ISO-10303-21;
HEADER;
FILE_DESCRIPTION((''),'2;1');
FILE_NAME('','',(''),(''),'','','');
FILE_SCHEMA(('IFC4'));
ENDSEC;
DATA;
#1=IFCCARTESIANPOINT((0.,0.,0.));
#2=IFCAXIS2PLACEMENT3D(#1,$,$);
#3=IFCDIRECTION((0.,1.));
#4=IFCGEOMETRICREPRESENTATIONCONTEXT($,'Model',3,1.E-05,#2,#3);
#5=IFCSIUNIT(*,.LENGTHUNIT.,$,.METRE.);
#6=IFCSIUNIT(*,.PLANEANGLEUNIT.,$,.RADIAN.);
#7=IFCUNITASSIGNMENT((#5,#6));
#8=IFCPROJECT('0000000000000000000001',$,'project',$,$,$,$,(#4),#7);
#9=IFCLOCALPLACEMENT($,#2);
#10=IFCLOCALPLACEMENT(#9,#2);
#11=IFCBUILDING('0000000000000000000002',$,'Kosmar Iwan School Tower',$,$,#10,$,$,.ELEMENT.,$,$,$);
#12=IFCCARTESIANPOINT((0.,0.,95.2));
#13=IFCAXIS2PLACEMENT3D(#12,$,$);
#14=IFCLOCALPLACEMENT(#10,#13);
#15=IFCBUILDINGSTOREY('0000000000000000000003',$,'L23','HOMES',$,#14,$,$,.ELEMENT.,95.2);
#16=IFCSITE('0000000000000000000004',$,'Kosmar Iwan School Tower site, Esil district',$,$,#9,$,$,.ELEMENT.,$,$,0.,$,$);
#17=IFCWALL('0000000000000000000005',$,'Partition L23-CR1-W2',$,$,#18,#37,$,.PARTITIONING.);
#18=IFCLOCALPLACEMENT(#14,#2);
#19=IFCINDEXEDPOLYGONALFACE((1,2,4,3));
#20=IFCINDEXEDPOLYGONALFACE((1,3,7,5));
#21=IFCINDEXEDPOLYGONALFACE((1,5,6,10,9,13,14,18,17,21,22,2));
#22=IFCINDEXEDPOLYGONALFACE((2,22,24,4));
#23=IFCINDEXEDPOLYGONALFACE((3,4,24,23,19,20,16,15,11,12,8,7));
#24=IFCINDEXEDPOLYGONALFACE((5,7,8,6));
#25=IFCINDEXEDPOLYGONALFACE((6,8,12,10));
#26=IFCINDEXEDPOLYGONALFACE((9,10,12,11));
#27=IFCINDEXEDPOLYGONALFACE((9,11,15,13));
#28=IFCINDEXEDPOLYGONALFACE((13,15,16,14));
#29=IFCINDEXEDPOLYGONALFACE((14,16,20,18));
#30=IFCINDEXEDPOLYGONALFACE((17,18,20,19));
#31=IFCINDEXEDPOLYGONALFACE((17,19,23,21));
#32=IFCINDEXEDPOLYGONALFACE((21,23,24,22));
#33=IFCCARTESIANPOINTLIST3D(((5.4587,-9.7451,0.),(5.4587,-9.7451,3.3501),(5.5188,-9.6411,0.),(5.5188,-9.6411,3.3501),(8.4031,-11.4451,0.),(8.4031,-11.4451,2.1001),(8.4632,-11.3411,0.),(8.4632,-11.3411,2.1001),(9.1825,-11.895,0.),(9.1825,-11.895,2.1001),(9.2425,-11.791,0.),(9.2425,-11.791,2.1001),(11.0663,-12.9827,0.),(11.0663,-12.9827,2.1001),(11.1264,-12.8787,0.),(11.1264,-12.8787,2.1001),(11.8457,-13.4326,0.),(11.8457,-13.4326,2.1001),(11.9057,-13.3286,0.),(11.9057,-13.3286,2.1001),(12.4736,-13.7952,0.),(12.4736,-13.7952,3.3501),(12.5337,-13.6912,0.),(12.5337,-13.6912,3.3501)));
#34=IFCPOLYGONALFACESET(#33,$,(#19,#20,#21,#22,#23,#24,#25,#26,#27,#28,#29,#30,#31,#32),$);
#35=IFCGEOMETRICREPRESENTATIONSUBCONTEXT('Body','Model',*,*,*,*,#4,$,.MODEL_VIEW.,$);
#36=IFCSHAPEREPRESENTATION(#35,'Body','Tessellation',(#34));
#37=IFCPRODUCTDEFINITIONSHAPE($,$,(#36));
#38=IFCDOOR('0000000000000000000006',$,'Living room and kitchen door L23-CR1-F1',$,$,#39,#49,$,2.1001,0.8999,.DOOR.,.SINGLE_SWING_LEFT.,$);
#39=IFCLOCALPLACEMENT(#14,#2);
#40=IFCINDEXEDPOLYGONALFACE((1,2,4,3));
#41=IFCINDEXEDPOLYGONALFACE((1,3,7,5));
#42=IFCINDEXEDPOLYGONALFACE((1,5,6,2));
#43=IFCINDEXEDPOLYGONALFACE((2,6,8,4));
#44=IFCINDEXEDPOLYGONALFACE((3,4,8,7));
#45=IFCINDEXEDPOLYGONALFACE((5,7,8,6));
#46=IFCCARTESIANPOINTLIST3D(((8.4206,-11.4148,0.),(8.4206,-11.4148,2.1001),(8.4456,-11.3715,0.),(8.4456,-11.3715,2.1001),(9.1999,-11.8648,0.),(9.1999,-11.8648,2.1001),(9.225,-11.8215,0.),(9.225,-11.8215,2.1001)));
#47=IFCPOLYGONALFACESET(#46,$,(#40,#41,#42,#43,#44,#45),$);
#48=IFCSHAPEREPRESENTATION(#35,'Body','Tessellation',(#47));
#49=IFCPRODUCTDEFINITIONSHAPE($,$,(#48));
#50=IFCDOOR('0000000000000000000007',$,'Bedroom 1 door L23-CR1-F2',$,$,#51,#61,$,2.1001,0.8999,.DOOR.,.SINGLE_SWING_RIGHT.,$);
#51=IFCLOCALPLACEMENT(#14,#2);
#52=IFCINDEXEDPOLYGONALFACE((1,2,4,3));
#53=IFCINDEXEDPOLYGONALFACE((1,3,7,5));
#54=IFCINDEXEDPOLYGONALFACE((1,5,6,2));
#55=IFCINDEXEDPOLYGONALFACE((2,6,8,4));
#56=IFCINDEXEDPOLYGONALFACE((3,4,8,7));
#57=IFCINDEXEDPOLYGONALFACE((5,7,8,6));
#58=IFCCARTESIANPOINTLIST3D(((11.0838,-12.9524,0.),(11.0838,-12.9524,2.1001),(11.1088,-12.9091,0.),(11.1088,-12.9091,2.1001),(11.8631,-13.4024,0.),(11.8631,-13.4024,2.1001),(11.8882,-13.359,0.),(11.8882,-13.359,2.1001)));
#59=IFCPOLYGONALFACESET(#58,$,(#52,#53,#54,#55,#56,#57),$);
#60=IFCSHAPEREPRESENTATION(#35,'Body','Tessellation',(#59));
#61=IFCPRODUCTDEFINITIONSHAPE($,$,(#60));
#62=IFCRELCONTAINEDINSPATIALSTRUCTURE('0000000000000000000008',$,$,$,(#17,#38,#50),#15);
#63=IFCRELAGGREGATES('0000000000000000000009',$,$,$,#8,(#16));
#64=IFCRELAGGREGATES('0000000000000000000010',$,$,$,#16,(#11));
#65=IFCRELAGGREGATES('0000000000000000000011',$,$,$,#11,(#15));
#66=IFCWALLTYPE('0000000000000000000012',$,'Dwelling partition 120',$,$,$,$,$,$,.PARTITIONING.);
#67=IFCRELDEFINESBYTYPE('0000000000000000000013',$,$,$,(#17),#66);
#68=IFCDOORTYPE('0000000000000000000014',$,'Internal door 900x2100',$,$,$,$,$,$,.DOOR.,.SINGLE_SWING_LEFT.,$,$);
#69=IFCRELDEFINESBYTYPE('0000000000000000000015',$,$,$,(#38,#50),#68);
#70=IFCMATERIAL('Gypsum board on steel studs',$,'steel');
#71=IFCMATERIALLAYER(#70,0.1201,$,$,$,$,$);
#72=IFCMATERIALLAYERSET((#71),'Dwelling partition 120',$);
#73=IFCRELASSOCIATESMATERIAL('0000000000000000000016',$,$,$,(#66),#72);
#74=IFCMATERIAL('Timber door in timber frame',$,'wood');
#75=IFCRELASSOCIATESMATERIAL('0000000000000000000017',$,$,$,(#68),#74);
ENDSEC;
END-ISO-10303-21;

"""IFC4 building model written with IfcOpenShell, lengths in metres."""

from ifc_helpers import new_model, si_unit, direction, frame, frame_2d, origin, place, context, subcontext, project, spatial, rectangle, extrude, material, layer, layer_set, type_object, element, fill, save


model = new_model("IFC4")

# Units and contexts
model_context = context("Model", 3, precision=1e-05, world=origin(), true_north=direction((0.0, 1.0)))
body_context = subcontext(model_context, "Body", "Model", "MODEL_VIEW")
ifc_project = project(units=[si_unit("LENGTHUNIT", "METRE"), si_unit("PLANEANGLEUNIT", "RADIAN")], contexts=[model_context])

# Site, building, storey
site_placement = place(None, origin())
site = spatial("IfcSite", under=ifc_project, at=site_placement, Name="Kosmar Iwan School Tower site, Esil district", CompositionType="ELEMENT", RefElevation=0.0)
building_placement = place(site_placement, origin())
building = spatial("IfcBuilding", under=site, at=building_placement, Name="Kosmar Iwan School Tower", CompositionType="ELEMENT")
storey_placement = place(building_placement, frame((0.0, 0.0, 95.2)))
storey = spatial("IfcBuildingStorey", under=building, at=storey_placement, Name="L23", Description="HOMES", CompositionType="ELEMENT", Elevation=95.2)

# Wall, openings, doors
ifc_material_1 = material(Name="Gypsum board on steel studs", Category="steel")
ifc_layer_1 = layer(ifc_material_1, 0.1201)
ifc_layer_set_1 = layer_set([ifc_layer_1], Name="Dwelling partition 120")
wall_type_1 = type_object("IfcWallType", Name="Dwelling partition 120", PredefinedType="PARTITIONING", material=ifc_layer_set_1)
wall_1_placement = place(storey_placement, frame((5.4888, -9.6931, 0.0), z_axis=(0.0, 0.0, 1.0), x_axis=(0.866025, -0.5, 0.0)))
wall_1 = element("IfcWall", 1, at=wall_1_placement, inside=storey, type_object=wall_type_1, Name="Partition L23-CR1-W2", PredefinedType="PARTITIONING", context=body_context, shape_type="SweptSolid", body=[
    extrude(rectangle(XDim=8.1001, YDim=0.1201, at=frame_2d((4.05, 0.0))), origin(), (0.0, 0.0, 1.0), 3.3501),
])
opening_1_placement = place(wall_1_placement, frame((3.3999, 0.0, 0.0)))
opening_1 = element("IfcOpeningElement", 2, at=opening_1_placement, cuts=wall_1, PredefinedType="OPENING", context=body_context, shape_type="SweptSolid", body=[
    extrude(rectangle(XDim=0.8999, YDim=2.1001, at=frame_2d((0.45, 1.05))), frame((0.0, 0.072, 0.0), z_axis=(0.0, -1.0, 0.0), x_axis=(1.0, 0.0, 0.0)), (0.0, 0.0, 1.0), 0.144),
])
opening_2_placement = place(wall_1_placement, frame((6.4751, 0.0, 0.0)))
opening_2 = element("IfcOpeningElement", 3, at=opening_2_placement, cuts=wall_1, PredefinedType="OPENING", context=body_context, shape_type="SweptSolid", body=[
    extrude(rectangle(XDim=0.8999, YDim=2.1001, at=frame_2d((0.45, 1.05))), frame((0.0, 0.072, 0.0), z_axis=(0.0, -1.0, 0.0), x_axis=(1.0, 0.0, 0.0)), (0.0, 0.0, 1.0), 0.144),
])
ifc_material_2 = material(Name="Timber door in timber frame", Category="wood")
door_type = type_object("IfcDoorType", Name="Internal door 900x2100", OperationType="SINGLE_SWING_LEFT", PredefinedType="DOOR", material=ifc_material_2)
door_1_placement = place(opening_1_placement, origin())
door_1 = element("IfcDoor", 4, at=door_1_placement, inside=storey, type_object=door_type, Name="Living room and kitchen door L23-CR1-F1", OperationType="SINGLE_SWING_LEFT", OverallHeight=2.1001, OverallWidth=0.8999, PredefinedType="DOOR", context=body_context, shape_type="SweptSolid", body=[
    extrude(rectangle(XDim=0.8999, YDim=2.1001, at=frame_2d((0.45, 1.05))), frame((0.0, 0.0249, 0.0), z_axis=(0.0, -1.0, 0.0), x_axis=(1.0, 0.0, 0.0)), (0.0, 0.0, 1.0), 0.05),
])
fill(opening_1, door_1)
door_2_placement = place(opening_2_placement, origin())
door_2 = element("IfcDoor", 5, at=door_2_placement, inside=storey, type_object=door_type, Name="Bedroom 1 door L23-CR1-F2", OperationType="SINGLE_SWING_RIGHT", OverallHeight=2.1001, OverallWidth=0.8999, PredefinedType="DOOR", context=body_context, shape_type="SweptSolid", body=[
    extrude(rectangle(XDim=0.8999, YDim=2.1001, at=frame_2d((0.45, 1.05))), frame((0.0, 0.0249, 0.0), z_axis=(0.0, -1.0, 0.0), x_axis=(1.0, 0.0, 0.0)), (0.0, 0.0, 1.0), 0.05),
])
fill(opening_2, door_2)

save(model, "model.ifc")
